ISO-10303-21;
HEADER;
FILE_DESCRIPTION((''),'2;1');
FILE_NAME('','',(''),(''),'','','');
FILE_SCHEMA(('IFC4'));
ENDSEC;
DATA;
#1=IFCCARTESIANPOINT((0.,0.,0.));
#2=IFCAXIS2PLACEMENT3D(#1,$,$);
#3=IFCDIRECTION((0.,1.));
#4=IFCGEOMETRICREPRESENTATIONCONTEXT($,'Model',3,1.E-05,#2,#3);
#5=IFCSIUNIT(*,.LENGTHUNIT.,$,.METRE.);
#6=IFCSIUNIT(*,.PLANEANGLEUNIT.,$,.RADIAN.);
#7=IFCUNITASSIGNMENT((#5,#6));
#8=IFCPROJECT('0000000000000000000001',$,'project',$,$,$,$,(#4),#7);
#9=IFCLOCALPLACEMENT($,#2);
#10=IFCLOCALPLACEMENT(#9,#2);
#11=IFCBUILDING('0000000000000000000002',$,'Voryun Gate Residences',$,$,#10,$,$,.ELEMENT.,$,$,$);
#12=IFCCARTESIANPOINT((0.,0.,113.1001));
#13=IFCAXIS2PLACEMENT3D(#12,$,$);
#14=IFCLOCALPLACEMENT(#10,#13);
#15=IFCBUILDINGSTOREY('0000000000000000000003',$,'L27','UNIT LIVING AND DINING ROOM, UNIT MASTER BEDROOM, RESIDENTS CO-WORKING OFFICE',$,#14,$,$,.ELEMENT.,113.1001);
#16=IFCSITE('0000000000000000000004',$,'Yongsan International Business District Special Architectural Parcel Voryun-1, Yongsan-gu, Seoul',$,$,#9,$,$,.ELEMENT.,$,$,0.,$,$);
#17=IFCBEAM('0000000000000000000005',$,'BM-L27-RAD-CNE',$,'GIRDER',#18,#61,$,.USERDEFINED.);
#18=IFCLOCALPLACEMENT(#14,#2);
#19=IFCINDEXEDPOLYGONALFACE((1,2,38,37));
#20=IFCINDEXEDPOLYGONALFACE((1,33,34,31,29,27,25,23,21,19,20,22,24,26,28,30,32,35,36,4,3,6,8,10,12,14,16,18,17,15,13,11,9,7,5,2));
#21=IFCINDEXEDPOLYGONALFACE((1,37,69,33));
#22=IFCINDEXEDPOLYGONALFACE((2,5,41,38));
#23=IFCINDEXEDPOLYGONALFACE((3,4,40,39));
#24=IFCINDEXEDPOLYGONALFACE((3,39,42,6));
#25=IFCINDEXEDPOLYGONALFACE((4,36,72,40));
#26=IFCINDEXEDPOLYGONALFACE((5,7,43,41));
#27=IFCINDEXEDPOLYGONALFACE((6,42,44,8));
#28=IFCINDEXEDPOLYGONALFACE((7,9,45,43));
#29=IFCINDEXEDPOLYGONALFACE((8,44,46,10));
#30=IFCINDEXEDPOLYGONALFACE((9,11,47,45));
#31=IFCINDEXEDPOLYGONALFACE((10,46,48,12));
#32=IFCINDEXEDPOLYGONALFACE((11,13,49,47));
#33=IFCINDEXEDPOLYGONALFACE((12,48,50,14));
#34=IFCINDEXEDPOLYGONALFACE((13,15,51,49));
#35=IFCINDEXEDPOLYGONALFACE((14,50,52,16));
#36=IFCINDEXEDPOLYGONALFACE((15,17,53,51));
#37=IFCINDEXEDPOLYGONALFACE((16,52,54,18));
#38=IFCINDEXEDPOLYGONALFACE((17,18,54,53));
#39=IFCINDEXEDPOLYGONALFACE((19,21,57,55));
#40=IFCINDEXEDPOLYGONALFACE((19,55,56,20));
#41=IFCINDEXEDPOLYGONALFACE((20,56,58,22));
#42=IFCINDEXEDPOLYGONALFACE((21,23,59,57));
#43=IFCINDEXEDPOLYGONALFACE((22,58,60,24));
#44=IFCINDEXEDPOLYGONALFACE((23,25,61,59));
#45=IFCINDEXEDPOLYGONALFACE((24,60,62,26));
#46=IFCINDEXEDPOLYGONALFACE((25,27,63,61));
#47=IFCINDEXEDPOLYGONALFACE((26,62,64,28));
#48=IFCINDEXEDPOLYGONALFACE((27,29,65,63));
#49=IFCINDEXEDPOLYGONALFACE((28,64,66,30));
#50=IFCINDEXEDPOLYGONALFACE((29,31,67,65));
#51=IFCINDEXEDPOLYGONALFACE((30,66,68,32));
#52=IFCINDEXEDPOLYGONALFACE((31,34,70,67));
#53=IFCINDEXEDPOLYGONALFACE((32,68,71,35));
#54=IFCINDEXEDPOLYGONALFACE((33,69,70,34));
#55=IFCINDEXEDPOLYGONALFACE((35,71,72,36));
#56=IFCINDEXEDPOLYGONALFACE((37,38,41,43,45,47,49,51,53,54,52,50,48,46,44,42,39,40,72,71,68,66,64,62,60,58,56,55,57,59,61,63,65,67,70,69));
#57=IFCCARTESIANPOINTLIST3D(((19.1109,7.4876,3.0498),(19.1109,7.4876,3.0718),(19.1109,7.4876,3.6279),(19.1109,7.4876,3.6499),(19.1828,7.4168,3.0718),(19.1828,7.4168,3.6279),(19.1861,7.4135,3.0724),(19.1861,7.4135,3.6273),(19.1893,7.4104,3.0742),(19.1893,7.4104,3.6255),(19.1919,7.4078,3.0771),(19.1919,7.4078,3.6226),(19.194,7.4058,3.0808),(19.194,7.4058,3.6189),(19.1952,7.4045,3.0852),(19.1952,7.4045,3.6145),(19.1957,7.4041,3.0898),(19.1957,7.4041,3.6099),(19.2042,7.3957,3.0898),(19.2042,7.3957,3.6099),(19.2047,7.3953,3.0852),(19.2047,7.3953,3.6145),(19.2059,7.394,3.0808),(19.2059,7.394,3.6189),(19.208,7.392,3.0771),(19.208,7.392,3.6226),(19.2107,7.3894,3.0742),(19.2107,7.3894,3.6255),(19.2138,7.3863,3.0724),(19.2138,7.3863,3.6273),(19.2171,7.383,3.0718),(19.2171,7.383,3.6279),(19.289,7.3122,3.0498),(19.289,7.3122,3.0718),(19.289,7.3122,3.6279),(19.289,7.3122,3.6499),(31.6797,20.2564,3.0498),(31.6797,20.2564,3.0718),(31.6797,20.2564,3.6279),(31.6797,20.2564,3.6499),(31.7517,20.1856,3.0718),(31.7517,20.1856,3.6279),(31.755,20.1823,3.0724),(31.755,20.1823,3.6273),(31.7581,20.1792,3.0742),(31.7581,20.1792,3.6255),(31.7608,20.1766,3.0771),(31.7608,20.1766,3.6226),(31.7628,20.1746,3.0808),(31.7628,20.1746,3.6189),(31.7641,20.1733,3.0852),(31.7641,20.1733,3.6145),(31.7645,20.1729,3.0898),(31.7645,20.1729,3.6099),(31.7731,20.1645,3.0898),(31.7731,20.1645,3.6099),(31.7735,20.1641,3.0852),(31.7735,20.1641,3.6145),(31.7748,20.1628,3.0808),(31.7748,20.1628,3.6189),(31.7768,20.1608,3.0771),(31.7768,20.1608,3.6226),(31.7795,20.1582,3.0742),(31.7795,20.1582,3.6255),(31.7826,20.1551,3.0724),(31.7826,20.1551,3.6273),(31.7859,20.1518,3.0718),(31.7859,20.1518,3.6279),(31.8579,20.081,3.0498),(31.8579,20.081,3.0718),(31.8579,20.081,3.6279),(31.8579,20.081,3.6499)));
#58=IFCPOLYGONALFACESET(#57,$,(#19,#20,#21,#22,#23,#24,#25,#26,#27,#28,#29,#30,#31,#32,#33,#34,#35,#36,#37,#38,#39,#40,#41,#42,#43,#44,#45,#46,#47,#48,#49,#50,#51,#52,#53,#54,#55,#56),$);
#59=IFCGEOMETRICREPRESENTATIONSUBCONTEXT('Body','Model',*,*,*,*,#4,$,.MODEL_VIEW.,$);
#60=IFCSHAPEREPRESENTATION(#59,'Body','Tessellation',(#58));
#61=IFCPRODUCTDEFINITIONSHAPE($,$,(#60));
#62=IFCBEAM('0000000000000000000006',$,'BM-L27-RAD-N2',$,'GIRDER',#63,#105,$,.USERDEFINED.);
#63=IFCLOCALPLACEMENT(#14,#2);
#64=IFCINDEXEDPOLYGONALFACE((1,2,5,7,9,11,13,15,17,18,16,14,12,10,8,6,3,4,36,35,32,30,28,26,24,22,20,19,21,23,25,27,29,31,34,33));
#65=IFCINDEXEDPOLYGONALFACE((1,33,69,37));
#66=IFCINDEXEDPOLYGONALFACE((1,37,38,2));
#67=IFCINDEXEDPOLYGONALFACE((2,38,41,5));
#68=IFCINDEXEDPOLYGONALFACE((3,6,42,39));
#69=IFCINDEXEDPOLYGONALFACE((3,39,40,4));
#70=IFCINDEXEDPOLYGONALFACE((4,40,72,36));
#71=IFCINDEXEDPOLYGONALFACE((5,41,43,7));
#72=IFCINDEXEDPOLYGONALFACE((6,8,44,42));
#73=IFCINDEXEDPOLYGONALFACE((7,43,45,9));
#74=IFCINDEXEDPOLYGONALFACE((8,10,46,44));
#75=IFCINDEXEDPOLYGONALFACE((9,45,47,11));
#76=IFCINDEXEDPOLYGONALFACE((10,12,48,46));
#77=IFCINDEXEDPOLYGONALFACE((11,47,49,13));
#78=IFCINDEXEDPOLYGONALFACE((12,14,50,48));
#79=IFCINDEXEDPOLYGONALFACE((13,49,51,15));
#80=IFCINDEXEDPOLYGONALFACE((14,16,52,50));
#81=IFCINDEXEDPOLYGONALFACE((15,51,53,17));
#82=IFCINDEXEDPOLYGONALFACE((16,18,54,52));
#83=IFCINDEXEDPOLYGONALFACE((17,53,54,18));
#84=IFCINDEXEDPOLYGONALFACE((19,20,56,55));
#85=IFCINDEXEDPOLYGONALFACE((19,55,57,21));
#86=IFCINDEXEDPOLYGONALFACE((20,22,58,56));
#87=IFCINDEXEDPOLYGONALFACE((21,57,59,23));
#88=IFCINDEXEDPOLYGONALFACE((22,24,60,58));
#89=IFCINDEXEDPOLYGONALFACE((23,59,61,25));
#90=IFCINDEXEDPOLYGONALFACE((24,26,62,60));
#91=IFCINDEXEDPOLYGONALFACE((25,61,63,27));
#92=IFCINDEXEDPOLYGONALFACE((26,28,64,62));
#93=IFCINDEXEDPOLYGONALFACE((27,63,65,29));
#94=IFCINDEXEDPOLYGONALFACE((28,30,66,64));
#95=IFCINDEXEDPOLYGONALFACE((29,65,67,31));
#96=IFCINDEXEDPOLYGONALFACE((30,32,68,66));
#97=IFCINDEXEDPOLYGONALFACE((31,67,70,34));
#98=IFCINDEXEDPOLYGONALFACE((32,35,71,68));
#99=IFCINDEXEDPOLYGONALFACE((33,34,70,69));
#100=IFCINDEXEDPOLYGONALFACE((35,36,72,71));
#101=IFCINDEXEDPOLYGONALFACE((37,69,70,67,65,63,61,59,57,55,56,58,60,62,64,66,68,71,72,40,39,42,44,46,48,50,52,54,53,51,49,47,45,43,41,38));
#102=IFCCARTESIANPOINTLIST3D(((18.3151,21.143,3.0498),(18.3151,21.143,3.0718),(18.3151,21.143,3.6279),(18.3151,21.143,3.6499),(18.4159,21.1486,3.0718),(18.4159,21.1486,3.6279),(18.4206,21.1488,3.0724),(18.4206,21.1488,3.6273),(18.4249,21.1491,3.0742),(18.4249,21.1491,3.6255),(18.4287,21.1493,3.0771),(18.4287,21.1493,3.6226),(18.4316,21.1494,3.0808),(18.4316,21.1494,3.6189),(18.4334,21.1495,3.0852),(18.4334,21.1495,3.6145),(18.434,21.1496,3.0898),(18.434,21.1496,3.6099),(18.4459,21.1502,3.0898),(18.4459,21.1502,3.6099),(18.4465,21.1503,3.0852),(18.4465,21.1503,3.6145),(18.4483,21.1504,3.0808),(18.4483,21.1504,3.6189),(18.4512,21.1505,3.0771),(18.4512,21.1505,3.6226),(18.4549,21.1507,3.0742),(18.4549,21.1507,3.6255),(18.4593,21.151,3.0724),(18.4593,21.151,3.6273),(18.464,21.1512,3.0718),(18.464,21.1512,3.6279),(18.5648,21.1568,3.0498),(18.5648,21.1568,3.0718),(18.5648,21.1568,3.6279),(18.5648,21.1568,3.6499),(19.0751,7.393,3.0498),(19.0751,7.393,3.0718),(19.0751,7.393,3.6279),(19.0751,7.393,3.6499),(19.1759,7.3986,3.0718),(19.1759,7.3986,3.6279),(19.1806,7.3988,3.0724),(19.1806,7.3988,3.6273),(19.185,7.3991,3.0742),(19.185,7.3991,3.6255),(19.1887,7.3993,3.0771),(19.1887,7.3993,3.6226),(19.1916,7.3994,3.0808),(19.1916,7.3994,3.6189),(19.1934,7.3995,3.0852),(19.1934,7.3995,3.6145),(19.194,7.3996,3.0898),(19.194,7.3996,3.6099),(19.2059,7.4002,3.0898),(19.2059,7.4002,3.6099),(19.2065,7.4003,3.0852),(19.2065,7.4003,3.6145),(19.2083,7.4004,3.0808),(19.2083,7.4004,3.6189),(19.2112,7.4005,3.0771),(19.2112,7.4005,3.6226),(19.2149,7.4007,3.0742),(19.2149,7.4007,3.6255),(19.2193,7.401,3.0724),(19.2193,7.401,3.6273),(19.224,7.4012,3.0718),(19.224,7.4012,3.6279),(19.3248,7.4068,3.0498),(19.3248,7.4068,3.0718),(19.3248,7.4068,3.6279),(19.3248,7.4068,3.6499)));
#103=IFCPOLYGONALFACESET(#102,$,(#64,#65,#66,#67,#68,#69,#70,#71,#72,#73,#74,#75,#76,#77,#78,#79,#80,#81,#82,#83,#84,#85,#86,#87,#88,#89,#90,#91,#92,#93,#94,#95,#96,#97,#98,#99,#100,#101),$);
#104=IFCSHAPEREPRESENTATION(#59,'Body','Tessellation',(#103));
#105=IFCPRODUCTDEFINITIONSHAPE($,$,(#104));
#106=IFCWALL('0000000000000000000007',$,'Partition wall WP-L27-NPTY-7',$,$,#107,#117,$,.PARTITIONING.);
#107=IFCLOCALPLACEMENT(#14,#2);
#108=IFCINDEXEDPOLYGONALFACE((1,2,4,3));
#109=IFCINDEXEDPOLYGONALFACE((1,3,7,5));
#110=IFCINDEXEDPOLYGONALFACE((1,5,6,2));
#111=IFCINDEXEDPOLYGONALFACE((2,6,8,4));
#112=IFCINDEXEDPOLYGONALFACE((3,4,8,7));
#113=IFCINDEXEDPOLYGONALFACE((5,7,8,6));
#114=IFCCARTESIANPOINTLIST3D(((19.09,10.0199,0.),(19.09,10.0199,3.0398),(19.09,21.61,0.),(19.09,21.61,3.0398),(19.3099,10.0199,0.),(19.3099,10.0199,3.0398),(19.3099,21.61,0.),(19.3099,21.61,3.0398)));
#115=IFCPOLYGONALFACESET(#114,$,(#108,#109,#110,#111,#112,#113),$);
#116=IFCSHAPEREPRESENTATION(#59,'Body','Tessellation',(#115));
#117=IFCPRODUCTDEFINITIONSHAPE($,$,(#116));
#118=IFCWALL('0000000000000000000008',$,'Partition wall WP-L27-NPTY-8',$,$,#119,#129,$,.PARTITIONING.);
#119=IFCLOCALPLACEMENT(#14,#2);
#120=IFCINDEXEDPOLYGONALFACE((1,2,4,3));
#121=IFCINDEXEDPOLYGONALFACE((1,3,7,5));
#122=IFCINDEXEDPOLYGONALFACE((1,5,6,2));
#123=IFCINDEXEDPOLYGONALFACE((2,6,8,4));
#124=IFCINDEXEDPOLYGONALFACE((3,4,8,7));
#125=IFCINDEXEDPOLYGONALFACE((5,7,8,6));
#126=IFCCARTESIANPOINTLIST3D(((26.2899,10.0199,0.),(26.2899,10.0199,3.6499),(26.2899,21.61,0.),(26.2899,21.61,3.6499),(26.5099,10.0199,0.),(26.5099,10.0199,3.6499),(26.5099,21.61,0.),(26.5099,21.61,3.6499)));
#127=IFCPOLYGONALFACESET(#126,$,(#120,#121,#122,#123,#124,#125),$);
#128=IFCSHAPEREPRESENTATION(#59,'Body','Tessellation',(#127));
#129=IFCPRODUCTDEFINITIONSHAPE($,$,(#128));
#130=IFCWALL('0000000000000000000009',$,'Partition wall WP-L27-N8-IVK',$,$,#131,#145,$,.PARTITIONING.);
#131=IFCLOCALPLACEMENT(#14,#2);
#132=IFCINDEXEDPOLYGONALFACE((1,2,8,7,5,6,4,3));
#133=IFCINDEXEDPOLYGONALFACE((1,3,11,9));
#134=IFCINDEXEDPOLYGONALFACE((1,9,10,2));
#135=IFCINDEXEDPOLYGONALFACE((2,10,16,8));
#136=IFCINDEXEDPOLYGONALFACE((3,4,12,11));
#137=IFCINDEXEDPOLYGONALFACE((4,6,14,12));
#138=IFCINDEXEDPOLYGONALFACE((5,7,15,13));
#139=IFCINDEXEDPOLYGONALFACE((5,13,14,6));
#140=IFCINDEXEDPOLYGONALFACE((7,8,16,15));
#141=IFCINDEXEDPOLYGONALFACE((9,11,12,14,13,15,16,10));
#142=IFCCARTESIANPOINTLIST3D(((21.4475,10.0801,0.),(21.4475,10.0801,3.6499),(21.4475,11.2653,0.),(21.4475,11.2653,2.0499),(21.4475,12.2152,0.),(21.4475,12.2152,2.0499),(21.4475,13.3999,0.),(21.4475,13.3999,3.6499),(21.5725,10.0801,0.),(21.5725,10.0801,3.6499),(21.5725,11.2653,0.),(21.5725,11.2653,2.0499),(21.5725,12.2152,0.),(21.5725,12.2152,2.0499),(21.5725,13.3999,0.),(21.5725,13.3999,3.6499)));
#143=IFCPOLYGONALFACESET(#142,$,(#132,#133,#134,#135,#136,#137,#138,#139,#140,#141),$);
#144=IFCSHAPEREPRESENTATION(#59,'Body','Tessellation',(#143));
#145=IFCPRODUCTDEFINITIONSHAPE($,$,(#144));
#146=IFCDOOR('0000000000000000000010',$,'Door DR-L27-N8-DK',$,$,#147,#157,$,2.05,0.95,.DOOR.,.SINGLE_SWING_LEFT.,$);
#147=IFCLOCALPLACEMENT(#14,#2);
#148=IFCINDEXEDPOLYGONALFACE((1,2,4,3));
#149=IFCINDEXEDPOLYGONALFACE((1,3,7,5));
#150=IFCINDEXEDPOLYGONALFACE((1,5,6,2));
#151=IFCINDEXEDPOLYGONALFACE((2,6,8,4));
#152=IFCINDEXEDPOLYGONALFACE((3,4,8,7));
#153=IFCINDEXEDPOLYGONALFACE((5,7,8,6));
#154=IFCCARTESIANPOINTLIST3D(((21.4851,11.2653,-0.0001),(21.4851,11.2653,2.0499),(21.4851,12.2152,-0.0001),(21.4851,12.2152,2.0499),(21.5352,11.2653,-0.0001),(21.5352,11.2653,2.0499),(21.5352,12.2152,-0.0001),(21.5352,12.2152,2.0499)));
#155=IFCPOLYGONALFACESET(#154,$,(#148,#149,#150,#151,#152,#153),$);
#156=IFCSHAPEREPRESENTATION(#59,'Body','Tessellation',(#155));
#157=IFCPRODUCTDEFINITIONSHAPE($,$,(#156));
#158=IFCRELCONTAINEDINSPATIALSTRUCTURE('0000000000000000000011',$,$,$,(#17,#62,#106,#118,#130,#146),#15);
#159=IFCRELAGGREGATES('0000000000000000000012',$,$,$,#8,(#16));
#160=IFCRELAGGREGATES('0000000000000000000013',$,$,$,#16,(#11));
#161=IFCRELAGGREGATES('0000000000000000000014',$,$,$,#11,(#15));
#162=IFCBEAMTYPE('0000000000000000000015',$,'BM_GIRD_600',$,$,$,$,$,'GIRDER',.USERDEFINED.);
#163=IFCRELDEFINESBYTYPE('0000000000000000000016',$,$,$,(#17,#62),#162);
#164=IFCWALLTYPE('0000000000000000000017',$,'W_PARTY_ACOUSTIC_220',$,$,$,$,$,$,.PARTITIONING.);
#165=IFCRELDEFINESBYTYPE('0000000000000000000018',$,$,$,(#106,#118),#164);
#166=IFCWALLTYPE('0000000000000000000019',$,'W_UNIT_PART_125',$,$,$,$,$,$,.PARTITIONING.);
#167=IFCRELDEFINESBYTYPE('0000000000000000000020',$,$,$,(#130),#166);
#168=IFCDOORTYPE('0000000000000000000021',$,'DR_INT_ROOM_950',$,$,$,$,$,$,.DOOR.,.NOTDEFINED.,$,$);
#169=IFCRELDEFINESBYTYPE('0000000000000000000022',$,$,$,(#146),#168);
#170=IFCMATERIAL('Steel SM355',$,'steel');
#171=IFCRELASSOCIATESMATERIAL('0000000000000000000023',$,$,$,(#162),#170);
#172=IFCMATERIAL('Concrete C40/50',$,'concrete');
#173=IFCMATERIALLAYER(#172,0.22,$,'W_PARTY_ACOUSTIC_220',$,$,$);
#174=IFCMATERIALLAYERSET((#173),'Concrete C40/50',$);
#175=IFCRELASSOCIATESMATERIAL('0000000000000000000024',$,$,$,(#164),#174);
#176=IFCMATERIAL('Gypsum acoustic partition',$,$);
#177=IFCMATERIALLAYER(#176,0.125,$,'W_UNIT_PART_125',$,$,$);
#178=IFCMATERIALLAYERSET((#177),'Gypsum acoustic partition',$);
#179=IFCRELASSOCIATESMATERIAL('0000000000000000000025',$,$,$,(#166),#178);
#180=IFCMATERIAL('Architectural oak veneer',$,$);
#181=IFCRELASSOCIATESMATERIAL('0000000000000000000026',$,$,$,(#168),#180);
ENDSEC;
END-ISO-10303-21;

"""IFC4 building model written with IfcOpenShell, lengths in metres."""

from ifc_helpers import new_model, si_unit, direction, frame, frame_2d, origin, origin_2d, place, context, subcontext, project, spatial, rectangle, i_section, extrude, material, layer, layer_set, material_profile, profile_set, type_object, element, fill, save


model = new_model("IFC4")

# Units and contexts
model_context = context("Model", 3, precision=1e-05, world=origin(), true_north=direction((0.0, 1.0)))
body_context = subcontext(model_context, "Body", "Model", "MODEL_VIEW")
ifc_project = project(units=[si_unit("LENGTHUNIT", "METRE"), si_unit("PLANEANGLEUNIT", "RADIAN")], contexts=[model_context])

# Site, building, storey
site_placement = place(None, origin())
site = spatial("IfcSite", under=ifc_project, at=site_placement, Name="Yongsan International Business District Special Architectural Parcel Voryun-1, Yongsan-gu, Seoul", CompositionType="ELEMENT", RefElevation=0.0)
building_placement = place(site_placement, origin())
building = spatial("IfcBuilding", under=site, at=building_placement, Name="Voryun Gate Residences", CompositionType="ELEMENT")
storey_placement = place(building_placement, frame((0.0, 0.0, 113.1001)))
storey = spatial("IfcBuildingStorey", under=building, at=storey_placement, Name="L27", Description="UNIT LIVING AND DINING ROOM, UNIT MASTER BEDROOM, RESIDENTS CO-WORKING OFFICE", CompositionType="ELEMENT", Elevation=113.1001)

# Beams
ifc_material_1 = material(Name="Steel SM355", Category="steel")
ifc_material_profile_1 = material_profile(ifc_material_1, i_section(OverallWidth=0.25, OverallDepth=0.6001, WebThickness=0.012, FlangeThickness=0.022, FilletRadius=0.0181, at=origin_2d()), Name="H-600x250x12x22")
ifc_profile_set_1 = profile_set([ifc_material_profile_1], Name="Steel SM355")
beam_type_1 = type_object("IfcBeamType", Name="BM_GIRD_600", ElementType="GIRDER", PredefinedType="USERDEFINED", material=ifc_profile_set_1)
beam_1_placement = place(storey_placement, frame((19.2, 7.3999, 3.3499), z_axis=(0.701505, 0.712665, 0.0), x_axis=(-0.712665, 0.701505, 0.0)))
element("IfcBeam", 1, at=beam_1_placement, inside=storey, type_object=beam_type_1, Name="BM-L27-RAD-CNE", ObjectType="GIRDER", PredefinedType="USERDEFINED", context=body_context, shape_type="SweptSolid", body=[
    extrude(i_section(OverallWidth=0.25, OverallDepth=0.6001, WebThickness=0.012, FlangeThickness=0.022, FilletRadius=0.0181, at=origin_2d()), origin(), (0.0, 0.0, 1.0), 17.917),
])
beam_2_placement = place(storey_placement, frame((19.2, 7.3999, 3.3499), z_axis=(-0.055189, 0.998476, 0.0), x_axis=(-0.998476, -0.055189, 0.0)))
element("IfcBeam", 2, at=beam_2_placement, inside=storey, type_object=beam_type_1, Name="BM-L27-RAD-N2", ObjectType="GIRDER", PredefinedType="USERDEFINED", context=body_context, shape_type="SweptSolid", body=[
    extrude(i_section(OverallWidth=0.25, OverallDepth=0.6001, WebThickness=0.012, FlangeThickness=0.022, FilletRadius=0.0181, at=origin_2d()), origin(), (0.0, 0.0, 1.0), 13.771),
])

# Walls
ifc_material_2 = material(Name="Concrete C40/50", Category="concrete")
ifc_layer_1 = layer(ifc_material_2, 0.22, Name="W_PARTY_ACOUSTIC_220")
ifc_layer_set_1 = layer_set([ifc_layer_1], Name="Concrete C40/50")
wall_type_1 = type_object("IfcWallType", Name="W_PARTY_ACOUSTIC_220", PredefinedType="PARTITIONING", material=ifc_layer_set_1)
wall_1_placement = place(storey_placement, frame((19.2, 10.02, 0.0), z_axis=(0.0, 0.0, 1.0), x_axis=(0.0, 1.0, 0.0)))
element("IfcWall", 3, at=wall_1_placement, inside=storey, type_object=wall_type_1, Name="Partition wall WP-L27-NPTY-7", PredefinedType="PARTITIONING", context=body_context, shape_type="SweptSolid", body=[
    extrude(rectangle(XDim=11.5901, YDim=0.22, at=frame_2d((5.7949, 0.0))), origin(), (0.0, 0.0, 1.0), 3.0398),
])
wall_2_placement = place(storey_placement, frame((26.3999, 10.02, 0.0), z_axis=(0.0, 0.0, 1.0), x_axis=(0.0, 1.0, 0.0)))
element("IfcWall", 4, at=wall_2_placement, inside=storey, type_object=wall_type_1, Name="Partition wall WP-L27-NPTY-8", PredefinedType="PARTITIONING", context=body_context, shape_type="SweptSolid", body=[
    extrude(rectangle(XDim=11.5901, YDim=0.22, at=frame_2d((5.7949, 0.0))), origin(), (0.0, 0.0, 1.0), 3.6499),
])

# Wall, opening, door
ifc_material_3 = material(Name="Gypsum acoustic partition")
ifc_layer_2 = layer(ifc_material_3, 0.125, Name="W_UNIT_PART_125")
ifc_layer_set_2 = layer_set([ifc_layer_2], Name="Gypsum acoustic partition")
wall_type_2 = type_object("IfcWallType", Name="W_UNIT_PART_125", PredefinedType="PARTITIONING", material=ifc_layer_set_2)
wall_3_placement = place(storey_placement, frame((21.51, 10.0801, 0.0), z_axis=(0.0, 0.0, 1.0), x_axis=(0.0, 1.0, 0.0)))
wall_3 = element("IfcWall", 5, at=wall_3_placement, inside=storey, type_object=wall_type_2, Name="Partition wall WP-L27-N8-IVK", PredefinedType="PARTITIONING", context=body_context, shape_type="SweptSolid", body=[
    extrude(rectangle(XDim=3.3198, YDim=0.125, at=frame_2d((1.6599, 0.0))), origin(), (0.0, 0.0, 1.0), 3.6499),
])
opening_1_placement = place(wall_3_placement, frame((1.1851, 0.0, 0.0)))
opening_1 = element("IfcOpeningElement", 6, at=opening_1_placement, cuts=wall_3, PredefinedType="OPENING", context=body_context, shape_type="SweptSolid", body=[
    extrude(rectangle(XDim=0.95, YDim=2.05, at=frame_2d((0.4751, 1.0249))), frame((0.0, 0.0725, 0.0), z_axis=(0.0, -1.0, 0.0), x_axis=(1.0, 0.0, 0.0)), (0.0, 0.0, 1.0), 0.145),
])
ifc_material_4 = material(Name="Architectural oak veneer")
door_type_1 = type_object("IfcDoorType", Name="DR_INT_ROOM_950", OperationType="NOTDEFINED", PredefinedType="DOOR", material=ifc_material_4)
door_1_placement = place(opening_1_placement, origin())
door_1 = element("IfcDoor", 7, at=door_1_placement, inside=storey, type_object=door_type_1, Name="Door DR-L27-N8-DK", OperationType="SINGLE_SWING_LEFT", OverallHeight=2.05, OverallWidth=0.95, PredefinedType="DOOR", context=body_context, shape_type="SweptSolid", body=[
    extrude(rectangle(XDim=0.95, YDim=2.05, at=frame_2d((0.4751, 1.0249))), frame((0.0, 0.0249, 0.0), z_axis=(0.0, -1.0, 0.0), x_axis=(1.0, 0.0, 0.0)), (0.0, 0.0, 1.0), 0.05),
])
fill(opening_1, door_1)

save(model, "model.ifc")
